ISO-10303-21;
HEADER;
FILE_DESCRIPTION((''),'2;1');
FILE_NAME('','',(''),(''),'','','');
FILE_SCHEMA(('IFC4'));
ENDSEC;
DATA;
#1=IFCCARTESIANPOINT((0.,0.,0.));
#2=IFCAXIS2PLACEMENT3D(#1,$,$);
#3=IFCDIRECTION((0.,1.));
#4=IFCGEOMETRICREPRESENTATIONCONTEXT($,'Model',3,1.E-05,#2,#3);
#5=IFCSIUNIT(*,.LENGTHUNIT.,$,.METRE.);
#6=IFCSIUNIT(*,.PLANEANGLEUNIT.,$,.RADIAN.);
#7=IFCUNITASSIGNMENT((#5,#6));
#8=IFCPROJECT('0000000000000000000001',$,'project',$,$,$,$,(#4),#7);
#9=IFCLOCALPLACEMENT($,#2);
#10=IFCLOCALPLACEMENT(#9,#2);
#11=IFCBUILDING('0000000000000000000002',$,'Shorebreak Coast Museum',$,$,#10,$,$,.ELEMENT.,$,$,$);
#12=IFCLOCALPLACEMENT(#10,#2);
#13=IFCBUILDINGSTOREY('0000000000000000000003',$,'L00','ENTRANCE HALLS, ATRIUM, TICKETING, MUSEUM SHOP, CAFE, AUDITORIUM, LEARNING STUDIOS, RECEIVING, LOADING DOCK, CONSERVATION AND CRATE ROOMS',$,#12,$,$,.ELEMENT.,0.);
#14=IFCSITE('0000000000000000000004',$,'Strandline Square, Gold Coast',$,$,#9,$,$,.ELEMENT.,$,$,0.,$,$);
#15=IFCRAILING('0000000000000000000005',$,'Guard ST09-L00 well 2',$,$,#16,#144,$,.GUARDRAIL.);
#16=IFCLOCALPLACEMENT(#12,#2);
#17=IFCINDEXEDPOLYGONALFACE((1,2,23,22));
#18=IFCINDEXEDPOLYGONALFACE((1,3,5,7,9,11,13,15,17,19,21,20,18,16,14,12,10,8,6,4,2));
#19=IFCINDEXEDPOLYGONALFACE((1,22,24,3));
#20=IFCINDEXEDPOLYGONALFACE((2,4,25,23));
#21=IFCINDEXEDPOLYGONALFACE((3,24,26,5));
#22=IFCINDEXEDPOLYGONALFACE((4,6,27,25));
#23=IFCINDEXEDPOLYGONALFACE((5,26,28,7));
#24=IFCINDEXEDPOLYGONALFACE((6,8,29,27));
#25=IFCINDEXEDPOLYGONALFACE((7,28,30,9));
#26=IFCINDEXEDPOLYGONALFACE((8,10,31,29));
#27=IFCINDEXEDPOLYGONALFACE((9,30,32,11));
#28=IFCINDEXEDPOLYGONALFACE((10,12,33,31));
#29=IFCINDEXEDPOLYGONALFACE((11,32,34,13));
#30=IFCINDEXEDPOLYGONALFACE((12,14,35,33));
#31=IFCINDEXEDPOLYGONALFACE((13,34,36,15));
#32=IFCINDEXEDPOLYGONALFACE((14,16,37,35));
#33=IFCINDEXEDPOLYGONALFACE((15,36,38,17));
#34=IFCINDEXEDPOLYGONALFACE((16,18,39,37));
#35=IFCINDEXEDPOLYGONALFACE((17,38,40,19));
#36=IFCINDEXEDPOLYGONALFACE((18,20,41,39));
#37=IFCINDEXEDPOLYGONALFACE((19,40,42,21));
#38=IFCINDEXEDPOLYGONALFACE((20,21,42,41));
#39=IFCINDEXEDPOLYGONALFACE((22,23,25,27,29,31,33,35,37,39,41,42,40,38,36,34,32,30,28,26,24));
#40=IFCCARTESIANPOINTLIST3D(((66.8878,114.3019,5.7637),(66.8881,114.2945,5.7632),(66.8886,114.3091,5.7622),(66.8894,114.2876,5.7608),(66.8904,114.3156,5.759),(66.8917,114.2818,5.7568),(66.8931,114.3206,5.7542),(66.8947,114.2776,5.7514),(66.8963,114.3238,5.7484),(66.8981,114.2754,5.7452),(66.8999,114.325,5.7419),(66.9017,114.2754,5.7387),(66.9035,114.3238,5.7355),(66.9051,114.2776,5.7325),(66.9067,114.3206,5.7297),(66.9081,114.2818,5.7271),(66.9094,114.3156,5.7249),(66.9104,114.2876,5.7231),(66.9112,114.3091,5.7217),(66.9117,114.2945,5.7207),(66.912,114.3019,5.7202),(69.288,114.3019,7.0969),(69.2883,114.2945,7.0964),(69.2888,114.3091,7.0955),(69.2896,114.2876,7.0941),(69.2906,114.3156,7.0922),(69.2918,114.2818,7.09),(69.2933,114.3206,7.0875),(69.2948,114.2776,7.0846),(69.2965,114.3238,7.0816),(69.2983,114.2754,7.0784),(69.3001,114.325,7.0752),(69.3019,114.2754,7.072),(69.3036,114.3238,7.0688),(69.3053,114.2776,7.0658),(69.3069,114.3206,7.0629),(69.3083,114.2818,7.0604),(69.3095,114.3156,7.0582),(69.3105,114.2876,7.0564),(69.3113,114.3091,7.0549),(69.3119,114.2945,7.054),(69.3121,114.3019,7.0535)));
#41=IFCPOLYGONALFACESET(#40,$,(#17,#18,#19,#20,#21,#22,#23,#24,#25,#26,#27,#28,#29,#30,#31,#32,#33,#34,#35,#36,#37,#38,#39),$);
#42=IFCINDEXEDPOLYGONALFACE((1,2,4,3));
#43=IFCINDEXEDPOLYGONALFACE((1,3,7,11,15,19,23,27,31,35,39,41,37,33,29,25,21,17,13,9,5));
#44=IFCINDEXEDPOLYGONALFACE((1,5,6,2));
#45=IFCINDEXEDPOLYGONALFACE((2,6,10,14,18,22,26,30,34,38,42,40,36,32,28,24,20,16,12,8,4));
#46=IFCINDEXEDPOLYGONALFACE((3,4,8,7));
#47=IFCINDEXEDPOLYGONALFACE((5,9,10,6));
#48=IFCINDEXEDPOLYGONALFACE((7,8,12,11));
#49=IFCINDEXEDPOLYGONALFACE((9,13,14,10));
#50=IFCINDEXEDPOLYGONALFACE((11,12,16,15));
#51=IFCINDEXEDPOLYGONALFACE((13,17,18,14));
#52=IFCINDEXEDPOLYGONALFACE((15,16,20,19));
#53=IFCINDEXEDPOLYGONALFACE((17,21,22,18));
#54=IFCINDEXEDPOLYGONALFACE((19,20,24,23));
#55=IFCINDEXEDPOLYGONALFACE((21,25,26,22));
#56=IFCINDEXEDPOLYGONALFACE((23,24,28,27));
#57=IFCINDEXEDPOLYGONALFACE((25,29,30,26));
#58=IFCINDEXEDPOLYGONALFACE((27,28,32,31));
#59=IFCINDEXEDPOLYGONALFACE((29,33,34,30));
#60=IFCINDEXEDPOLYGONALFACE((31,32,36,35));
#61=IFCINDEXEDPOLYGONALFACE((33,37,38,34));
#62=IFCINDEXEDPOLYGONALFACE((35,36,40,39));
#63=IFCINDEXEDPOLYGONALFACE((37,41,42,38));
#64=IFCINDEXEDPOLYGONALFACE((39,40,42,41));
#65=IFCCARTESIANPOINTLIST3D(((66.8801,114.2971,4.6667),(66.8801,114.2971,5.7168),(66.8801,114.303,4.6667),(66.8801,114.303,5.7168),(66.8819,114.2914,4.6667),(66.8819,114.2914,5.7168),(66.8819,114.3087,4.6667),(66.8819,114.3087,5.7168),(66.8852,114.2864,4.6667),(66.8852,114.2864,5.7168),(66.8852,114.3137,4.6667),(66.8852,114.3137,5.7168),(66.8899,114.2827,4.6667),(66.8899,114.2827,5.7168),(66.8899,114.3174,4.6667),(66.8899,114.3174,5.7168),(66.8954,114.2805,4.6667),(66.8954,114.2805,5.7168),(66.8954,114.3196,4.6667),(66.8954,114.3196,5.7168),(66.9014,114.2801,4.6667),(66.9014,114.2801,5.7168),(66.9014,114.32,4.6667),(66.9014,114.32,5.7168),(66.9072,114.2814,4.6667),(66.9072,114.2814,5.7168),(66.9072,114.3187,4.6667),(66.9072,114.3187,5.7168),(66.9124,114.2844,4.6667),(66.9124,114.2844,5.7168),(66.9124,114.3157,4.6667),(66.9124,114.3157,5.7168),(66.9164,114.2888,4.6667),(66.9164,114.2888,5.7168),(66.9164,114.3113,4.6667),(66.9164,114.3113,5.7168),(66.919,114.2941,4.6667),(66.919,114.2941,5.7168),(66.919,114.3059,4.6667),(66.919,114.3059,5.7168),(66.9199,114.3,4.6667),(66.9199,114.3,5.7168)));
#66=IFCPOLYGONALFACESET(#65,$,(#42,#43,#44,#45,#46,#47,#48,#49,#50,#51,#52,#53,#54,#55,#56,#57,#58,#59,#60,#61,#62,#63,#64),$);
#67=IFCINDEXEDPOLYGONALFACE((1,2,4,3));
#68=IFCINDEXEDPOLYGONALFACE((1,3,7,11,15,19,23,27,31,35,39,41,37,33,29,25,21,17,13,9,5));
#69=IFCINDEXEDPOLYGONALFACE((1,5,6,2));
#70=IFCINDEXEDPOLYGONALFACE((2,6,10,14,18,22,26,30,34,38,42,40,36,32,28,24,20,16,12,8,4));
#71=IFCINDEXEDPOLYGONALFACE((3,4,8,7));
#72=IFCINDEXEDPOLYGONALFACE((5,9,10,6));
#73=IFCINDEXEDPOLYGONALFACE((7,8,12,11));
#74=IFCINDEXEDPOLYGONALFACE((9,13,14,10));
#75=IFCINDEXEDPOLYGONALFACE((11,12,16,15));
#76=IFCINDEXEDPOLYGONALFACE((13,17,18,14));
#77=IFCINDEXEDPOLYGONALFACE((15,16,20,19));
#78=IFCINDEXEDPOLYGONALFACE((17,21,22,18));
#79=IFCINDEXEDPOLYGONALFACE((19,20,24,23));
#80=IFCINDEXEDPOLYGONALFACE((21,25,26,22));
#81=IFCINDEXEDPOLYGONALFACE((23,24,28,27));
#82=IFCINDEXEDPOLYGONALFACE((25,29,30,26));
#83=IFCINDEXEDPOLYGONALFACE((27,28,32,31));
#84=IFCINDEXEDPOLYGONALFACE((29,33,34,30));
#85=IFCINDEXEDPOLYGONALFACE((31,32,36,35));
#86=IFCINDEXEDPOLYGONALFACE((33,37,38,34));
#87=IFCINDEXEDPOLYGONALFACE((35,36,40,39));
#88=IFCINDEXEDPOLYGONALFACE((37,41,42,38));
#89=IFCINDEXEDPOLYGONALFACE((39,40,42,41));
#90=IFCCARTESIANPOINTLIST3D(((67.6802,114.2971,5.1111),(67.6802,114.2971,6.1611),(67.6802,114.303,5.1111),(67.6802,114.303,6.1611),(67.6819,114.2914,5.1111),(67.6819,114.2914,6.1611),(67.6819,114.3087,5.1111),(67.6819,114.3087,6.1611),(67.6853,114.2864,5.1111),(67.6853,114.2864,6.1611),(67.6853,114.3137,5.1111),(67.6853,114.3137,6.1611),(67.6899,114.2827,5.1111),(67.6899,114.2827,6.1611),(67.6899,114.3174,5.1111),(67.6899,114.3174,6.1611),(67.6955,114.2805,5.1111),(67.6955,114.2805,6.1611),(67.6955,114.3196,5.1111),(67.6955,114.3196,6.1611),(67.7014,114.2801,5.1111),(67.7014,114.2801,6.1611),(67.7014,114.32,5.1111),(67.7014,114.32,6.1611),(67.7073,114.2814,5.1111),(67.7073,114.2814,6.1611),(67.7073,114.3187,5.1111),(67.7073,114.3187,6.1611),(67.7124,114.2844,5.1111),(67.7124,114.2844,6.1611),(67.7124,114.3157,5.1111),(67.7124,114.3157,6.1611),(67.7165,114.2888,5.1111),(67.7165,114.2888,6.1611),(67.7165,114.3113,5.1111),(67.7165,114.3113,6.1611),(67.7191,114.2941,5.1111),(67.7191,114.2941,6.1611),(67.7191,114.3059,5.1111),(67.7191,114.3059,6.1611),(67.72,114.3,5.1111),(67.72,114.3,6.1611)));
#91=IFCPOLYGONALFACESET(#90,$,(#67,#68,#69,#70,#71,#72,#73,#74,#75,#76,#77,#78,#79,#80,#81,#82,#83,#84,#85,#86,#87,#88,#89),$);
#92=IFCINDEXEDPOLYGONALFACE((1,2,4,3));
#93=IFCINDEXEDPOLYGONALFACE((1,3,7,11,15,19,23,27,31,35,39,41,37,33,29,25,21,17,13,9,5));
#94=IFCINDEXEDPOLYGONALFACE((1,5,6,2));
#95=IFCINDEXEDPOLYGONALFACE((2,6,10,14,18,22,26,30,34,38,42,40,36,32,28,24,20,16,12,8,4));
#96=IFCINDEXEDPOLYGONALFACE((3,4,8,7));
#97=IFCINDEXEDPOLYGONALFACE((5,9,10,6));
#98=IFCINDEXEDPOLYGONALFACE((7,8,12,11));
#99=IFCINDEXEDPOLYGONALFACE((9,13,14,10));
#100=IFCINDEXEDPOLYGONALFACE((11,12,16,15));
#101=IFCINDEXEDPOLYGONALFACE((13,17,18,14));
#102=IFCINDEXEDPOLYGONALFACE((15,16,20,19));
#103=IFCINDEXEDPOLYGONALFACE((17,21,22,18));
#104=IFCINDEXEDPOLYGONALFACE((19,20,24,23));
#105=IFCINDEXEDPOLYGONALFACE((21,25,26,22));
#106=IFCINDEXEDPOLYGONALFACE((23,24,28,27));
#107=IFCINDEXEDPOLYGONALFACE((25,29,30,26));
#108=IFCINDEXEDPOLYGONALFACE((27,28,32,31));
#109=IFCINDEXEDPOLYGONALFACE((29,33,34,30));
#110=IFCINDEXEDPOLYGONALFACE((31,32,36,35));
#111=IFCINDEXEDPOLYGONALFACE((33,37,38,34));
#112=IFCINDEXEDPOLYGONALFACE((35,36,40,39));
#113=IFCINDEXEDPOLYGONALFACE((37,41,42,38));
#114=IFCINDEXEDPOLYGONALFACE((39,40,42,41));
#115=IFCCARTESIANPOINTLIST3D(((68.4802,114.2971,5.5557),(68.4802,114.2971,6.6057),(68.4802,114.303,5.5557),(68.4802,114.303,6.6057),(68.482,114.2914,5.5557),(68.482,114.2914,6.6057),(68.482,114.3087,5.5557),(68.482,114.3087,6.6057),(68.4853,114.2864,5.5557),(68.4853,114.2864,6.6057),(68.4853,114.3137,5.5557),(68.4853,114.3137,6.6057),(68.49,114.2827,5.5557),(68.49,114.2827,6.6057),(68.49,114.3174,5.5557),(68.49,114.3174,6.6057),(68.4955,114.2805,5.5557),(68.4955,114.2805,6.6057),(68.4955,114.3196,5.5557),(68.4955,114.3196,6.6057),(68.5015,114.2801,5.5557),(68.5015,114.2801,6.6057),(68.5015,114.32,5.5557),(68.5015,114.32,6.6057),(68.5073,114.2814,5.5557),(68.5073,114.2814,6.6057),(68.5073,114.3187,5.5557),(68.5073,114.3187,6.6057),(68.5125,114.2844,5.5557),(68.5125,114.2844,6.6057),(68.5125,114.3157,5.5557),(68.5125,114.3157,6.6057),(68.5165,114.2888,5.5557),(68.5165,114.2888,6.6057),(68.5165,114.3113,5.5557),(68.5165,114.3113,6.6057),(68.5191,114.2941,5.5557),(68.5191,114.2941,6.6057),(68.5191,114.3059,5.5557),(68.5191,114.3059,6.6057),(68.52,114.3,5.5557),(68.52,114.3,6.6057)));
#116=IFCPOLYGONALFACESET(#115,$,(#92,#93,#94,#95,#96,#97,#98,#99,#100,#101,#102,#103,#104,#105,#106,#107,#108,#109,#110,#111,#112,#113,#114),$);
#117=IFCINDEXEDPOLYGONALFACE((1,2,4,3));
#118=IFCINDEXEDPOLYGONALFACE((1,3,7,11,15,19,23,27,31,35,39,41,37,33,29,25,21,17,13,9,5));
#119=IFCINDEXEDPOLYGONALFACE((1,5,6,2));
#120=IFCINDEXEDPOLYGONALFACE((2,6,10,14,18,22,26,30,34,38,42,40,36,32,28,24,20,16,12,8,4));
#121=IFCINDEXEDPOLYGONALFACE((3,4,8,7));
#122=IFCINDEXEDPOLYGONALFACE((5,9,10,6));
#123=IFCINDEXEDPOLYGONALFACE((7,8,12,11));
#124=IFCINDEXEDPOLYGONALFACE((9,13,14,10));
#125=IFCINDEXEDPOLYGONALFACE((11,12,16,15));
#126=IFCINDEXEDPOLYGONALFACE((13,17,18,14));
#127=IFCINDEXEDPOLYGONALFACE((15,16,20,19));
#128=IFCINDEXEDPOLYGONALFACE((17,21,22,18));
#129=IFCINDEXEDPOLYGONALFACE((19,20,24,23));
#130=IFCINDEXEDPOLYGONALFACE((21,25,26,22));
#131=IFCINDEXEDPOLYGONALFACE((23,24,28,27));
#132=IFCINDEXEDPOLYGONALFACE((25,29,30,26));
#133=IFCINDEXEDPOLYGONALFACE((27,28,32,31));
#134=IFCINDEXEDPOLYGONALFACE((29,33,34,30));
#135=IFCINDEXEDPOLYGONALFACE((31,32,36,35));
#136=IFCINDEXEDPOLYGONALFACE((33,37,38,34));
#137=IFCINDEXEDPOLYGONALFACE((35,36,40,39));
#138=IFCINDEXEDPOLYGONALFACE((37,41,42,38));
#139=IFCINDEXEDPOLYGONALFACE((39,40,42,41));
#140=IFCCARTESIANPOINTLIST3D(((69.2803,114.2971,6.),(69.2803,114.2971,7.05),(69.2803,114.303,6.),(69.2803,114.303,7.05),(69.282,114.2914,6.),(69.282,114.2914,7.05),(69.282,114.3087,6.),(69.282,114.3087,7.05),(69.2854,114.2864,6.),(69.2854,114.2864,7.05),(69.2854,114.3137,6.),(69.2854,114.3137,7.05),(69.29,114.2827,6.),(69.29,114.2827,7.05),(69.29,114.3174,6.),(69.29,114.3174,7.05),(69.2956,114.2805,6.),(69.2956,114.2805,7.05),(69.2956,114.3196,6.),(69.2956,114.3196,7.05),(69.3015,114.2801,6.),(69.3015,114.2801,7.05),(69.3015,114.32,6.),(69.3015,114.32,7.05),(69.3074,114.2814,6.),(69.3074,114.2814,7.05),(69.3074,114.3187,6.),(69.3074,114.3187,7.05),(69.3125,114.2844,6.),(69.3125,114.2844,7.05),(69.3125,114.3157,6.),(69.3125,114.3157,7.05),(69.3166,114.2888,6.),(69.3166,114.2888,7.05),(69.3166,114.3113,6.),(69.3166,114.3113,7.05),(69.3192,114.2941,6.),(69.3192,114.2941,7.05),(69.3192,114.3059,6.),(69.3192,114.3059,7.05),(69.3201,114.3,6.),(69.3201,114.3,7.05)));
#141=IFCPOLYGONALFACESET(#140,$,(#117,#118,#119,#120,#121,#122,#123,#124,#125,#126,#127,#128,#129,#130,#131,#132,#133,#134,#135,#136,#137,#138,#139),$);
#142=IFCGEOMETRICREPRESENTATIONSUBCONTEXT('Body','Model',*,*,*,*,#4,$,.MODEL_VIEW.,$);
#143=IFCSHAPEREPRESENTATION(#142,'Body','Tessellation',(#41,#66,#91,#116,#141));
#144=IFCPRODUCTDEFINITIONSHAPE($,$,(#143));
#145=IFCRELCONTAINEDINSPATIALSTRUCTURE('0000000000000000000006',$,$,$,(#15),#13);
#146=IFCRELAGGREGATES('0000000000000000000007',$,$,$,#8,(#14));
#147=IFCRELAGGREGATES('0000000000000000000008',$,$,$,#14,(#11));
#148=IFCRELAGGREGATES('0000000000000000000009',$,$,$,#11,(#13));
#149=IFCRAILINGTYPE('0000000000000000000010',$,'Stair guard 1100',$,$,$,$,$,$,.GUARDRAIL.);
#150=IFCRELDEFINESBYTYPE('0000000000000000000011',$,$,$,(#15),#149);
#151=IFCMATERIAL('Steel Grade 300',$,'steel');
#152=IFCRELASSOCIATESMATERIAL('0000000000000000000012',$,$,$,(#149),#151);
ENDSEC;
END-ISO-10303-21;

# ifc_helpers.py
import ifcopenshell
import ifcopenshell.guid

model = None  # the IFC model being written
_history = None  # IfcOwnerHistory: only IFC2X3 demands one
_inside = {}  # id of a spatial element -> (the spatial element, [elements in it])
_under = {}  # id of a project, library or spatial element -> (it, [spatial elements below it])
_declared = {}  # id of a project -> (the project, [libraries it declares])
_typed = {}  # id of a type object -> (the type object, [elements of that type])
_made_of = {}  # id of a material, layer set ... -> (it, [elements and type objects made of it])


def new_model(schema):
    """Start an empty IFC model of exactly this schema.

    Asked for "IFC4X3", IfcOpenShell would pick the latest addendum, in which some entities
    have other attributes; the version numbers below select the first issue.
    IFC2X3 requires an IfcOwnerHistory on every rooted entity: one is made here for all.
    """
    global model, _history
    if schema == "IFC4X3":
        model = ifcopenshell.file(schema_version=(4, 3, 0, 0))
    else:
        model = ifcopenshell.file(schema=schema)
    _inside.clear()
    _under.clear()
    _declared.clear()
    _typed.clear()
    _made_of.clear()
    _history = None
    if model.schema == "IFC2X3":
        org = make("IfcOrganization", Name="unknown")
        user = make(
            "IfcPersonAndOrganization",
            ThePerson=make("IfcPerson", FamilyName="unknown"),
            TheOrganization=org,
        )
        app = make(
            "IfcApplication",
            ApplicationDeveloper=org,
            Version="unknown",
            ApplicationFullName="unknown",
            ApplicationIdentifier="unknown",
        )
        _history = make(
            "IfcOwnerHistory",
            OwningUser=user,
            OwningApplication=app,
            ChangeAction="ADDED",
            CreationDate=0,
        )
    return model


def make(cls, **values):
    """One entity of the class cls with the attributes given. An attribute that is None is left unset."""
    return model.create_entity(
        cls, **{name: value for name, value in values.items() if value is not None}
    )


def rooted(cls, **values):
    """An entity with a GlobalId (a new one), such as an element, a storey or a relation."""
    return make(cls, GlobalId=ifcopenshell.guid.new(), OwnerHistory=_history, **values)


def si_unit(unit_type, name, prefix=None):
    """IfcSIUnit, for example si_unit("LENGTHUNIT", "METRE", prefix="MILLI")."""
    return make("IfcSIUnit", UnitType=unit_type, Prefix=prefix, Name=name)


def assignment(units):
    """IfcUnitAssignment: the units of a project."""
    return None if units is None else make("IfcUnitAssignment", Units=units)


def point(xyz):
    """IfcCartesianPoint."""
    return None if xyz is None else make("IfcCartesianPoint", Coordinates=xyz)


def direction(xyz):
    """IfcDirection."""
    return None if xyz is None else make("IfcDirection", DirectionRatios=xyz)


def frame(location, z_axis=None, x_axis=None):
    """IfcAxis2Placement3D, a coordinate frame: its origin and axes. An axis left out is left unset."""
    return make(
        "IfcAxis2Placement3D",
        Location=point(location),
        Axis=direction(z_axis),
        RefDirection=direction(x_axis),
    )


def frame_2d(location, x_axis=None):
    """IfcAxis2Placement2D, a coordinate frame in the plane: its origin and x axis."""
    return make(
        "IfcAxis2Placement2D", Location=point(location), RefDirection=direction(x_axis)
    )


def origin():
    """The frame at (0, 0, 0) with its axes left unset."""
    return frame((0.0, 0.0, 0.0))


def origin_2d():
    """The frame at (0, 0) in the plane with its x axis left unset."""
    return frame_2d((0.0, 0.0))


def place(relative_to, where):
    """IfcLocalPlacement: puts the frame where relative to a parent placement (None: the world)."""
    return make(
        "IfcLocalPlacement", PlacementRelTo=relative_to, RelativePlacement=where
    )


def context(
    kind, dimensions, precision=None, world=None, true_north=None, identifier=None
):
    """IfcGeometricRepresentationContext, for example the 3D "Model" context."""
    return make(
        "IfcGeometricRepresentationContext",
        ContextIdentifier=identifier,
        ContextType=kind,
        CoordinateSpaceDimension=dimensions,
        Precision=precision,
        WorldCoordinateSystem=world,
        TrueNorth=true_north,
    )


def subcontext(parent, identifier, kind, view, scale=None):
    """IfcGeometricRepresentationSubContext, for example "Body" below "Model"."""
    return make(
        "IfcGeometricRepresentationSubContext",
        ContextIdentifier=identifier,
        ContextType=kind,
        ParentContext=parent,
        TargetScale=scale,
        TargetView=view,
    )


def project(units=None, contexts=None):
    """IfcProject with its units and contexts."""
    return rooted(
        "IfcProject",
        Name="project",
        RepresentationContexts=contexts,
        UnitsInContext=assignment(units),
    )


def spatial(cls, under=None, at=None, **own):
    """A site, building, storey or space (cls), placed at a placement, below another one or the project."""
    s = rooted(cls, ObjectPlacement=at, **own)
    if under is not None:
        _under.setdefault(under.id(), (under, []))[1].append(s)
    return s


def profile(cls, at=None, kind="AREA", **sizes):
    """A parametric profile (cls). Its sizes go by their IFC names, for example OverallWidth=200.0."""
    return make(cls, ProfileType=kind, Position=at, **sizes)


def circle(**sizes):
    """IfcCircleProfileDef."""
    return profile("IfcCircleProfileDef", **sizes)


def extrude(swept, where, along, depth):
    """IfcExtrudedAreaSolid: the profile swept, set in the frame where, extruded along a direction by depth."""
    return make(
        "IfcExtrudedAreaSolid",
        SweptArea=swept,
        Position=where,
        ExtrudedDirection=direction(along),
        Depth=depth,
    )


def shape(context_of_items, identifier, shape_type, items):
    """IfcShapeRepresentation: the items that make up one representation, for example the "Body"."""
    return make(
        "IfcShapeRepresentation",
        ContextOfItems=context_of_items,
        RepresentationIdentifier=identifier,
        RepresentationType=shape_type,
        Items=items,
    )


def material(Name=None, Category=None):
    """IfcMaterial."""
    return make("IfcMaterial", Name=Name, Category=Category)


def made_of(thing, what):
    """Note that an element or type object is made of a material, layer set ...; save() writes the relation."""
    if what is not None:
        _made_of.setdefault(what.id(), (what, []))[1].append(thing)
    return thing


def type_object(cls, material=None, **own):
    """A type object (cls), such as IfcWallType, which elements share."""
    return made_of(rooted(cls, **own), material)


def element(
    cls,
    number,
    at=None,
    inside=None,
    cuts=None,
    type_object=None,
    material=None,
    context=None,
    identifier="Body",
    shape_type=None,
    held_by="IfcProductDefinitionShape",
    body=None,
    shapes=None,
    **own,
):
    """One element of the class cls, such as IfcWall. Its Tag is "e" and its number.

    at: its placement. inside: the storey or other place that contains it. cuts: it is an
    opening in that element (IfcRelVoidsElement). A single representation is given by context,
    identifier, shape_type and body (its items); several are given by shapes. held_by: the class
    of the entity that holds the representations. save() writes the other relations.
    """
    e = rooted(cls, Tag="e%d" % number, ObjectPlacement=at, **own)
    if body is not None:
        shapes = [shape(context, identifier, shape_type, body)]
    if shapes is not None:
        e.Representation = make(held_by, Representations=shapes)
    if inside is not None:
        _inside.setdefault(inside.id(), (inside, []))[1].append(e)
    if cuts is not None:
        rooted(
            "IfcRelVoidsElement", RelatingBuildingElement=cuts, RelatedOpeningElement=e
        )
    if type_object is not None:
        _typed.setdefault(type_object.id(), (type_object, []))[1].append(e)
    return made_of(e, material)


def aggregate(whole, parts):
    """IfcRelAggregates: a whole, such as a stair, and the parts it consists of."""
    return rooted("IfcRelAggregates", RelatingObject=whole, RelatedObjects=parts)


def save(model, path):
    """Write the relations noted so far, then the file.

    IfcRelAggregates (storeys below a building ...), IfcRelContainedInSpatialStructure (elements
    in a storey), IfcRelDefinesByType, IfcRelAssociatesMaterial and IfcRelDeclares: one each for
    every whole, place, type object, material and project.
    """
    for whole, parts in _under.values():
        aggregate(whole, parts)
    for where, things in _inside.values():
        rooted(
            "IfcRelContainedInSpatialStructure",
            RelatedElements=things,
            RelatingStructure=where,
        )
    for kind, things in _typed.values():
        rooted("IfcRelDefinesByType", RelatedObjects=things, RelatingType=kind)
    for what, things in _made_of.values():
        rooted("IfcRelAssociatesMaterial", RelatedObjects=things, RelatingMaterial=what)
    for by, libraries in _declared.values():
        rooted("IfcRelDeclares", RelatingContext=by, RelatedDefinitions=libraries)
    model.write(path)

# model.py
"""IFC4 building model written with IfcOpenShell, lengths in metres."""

from ifc_helpers import new_model, si_unit, direction, frame, origin, origin_2d, place, context, subcontext, project, spatial, circle, extrude, material, type_object, element, save


model = new_model("IFC4")

# Units and contexts
model_context = context("Model", 3, precision=1e-05, world=origin(), true_north=direction((0.0, 1.0)))
body_context = subcontext(model_context, "Body", "Model", "MODEL_VIEW")
ifc_project = project(units=[si_unit("LENGTHUNIT", "METRE"), si_unit("PLANEANGLEUNIT", "RADIAN")], contexts=[model_context])

# Site, building, storey
site_placement = place(None, origin())
site = spatial("IfcSite", under=ifc_project, at=site_placement, Name="Strandline Square, Gold Coast", CompositionType="ELEMENT", RefElevation=0.0)
building_placement = place(site_placement, origin())
building = spatial("IfcBuilding", under=site, at=building_placement, Name="Shorebreak Coast Museum", CompositionType="ELEMENT")
storey_placement = place(building_placement, origin())
storey = spatial("IfcBuildingStorey", under=building, at=storey_placement, Name="L00", Description="ENTRANCE HALLS, ATRIUM, TICKETING, MUSEUM SHOP, CAFE, AUDITORIUM, LEARNING STUDIOS, RECEIVING, LOADING DOCK, CONSERVATION AND CRATE ROOMS", CompositionType="ELEMENT", Elevation=0.0)

# Railing
ifc_material_1 = material(Name="Steel Grade 300", Category="steel")
railing_type_1 = type_object("IfcRailingType", Name="Stair guard 1100", PredefinedType="GUARDRAIL", material=ifc_material_1)
for number, where, name in (
    (1, (66.8999, 114.3, 4.6667), "Guard ST09-L00 well 2"),
):
    element("IfcRailing", number, at=place(storey_placement, frame(where)), inside=storey, type_object=railing_type_1, Name=name, PredefinedType="GUARDRAIL", context=body_context, shape_type="SweptSolid", body=[
        extrude(circle(Radius=0.0249, at=origin_2d()), frame((0.0, 0.0, 1.0752), z_axis=(0.874182, 0.0, 0.485598), x_axis=(0.0, 1.0, 0.0)), (0.0, 0.0, 1.0), 2.7456),
        extrude(circle(Radius=0.02, at=origin_2d()), origin(), (0.0, 0.0, 1.0), 1.05),
        extrude(circle(Radius=0.02, at=origin_2d()), frame((0.8, 0.0, 0.4443)), (0.0, 0.0, 1.0), 1.05),
        extrude(circle(Radius=0.02, at=origin_2d()), frame((1.6001, 0.0, 0.8889)), (0.0, 0.0, 1.0), 1.05),
        extrude(circle(Radius=0.02, at=origin_2d()), frame((2.4001, 0.0, 1.3333)), (0.0, 0.0, 1.0), 1.05),
    ])

save(model, "model.ifc")
